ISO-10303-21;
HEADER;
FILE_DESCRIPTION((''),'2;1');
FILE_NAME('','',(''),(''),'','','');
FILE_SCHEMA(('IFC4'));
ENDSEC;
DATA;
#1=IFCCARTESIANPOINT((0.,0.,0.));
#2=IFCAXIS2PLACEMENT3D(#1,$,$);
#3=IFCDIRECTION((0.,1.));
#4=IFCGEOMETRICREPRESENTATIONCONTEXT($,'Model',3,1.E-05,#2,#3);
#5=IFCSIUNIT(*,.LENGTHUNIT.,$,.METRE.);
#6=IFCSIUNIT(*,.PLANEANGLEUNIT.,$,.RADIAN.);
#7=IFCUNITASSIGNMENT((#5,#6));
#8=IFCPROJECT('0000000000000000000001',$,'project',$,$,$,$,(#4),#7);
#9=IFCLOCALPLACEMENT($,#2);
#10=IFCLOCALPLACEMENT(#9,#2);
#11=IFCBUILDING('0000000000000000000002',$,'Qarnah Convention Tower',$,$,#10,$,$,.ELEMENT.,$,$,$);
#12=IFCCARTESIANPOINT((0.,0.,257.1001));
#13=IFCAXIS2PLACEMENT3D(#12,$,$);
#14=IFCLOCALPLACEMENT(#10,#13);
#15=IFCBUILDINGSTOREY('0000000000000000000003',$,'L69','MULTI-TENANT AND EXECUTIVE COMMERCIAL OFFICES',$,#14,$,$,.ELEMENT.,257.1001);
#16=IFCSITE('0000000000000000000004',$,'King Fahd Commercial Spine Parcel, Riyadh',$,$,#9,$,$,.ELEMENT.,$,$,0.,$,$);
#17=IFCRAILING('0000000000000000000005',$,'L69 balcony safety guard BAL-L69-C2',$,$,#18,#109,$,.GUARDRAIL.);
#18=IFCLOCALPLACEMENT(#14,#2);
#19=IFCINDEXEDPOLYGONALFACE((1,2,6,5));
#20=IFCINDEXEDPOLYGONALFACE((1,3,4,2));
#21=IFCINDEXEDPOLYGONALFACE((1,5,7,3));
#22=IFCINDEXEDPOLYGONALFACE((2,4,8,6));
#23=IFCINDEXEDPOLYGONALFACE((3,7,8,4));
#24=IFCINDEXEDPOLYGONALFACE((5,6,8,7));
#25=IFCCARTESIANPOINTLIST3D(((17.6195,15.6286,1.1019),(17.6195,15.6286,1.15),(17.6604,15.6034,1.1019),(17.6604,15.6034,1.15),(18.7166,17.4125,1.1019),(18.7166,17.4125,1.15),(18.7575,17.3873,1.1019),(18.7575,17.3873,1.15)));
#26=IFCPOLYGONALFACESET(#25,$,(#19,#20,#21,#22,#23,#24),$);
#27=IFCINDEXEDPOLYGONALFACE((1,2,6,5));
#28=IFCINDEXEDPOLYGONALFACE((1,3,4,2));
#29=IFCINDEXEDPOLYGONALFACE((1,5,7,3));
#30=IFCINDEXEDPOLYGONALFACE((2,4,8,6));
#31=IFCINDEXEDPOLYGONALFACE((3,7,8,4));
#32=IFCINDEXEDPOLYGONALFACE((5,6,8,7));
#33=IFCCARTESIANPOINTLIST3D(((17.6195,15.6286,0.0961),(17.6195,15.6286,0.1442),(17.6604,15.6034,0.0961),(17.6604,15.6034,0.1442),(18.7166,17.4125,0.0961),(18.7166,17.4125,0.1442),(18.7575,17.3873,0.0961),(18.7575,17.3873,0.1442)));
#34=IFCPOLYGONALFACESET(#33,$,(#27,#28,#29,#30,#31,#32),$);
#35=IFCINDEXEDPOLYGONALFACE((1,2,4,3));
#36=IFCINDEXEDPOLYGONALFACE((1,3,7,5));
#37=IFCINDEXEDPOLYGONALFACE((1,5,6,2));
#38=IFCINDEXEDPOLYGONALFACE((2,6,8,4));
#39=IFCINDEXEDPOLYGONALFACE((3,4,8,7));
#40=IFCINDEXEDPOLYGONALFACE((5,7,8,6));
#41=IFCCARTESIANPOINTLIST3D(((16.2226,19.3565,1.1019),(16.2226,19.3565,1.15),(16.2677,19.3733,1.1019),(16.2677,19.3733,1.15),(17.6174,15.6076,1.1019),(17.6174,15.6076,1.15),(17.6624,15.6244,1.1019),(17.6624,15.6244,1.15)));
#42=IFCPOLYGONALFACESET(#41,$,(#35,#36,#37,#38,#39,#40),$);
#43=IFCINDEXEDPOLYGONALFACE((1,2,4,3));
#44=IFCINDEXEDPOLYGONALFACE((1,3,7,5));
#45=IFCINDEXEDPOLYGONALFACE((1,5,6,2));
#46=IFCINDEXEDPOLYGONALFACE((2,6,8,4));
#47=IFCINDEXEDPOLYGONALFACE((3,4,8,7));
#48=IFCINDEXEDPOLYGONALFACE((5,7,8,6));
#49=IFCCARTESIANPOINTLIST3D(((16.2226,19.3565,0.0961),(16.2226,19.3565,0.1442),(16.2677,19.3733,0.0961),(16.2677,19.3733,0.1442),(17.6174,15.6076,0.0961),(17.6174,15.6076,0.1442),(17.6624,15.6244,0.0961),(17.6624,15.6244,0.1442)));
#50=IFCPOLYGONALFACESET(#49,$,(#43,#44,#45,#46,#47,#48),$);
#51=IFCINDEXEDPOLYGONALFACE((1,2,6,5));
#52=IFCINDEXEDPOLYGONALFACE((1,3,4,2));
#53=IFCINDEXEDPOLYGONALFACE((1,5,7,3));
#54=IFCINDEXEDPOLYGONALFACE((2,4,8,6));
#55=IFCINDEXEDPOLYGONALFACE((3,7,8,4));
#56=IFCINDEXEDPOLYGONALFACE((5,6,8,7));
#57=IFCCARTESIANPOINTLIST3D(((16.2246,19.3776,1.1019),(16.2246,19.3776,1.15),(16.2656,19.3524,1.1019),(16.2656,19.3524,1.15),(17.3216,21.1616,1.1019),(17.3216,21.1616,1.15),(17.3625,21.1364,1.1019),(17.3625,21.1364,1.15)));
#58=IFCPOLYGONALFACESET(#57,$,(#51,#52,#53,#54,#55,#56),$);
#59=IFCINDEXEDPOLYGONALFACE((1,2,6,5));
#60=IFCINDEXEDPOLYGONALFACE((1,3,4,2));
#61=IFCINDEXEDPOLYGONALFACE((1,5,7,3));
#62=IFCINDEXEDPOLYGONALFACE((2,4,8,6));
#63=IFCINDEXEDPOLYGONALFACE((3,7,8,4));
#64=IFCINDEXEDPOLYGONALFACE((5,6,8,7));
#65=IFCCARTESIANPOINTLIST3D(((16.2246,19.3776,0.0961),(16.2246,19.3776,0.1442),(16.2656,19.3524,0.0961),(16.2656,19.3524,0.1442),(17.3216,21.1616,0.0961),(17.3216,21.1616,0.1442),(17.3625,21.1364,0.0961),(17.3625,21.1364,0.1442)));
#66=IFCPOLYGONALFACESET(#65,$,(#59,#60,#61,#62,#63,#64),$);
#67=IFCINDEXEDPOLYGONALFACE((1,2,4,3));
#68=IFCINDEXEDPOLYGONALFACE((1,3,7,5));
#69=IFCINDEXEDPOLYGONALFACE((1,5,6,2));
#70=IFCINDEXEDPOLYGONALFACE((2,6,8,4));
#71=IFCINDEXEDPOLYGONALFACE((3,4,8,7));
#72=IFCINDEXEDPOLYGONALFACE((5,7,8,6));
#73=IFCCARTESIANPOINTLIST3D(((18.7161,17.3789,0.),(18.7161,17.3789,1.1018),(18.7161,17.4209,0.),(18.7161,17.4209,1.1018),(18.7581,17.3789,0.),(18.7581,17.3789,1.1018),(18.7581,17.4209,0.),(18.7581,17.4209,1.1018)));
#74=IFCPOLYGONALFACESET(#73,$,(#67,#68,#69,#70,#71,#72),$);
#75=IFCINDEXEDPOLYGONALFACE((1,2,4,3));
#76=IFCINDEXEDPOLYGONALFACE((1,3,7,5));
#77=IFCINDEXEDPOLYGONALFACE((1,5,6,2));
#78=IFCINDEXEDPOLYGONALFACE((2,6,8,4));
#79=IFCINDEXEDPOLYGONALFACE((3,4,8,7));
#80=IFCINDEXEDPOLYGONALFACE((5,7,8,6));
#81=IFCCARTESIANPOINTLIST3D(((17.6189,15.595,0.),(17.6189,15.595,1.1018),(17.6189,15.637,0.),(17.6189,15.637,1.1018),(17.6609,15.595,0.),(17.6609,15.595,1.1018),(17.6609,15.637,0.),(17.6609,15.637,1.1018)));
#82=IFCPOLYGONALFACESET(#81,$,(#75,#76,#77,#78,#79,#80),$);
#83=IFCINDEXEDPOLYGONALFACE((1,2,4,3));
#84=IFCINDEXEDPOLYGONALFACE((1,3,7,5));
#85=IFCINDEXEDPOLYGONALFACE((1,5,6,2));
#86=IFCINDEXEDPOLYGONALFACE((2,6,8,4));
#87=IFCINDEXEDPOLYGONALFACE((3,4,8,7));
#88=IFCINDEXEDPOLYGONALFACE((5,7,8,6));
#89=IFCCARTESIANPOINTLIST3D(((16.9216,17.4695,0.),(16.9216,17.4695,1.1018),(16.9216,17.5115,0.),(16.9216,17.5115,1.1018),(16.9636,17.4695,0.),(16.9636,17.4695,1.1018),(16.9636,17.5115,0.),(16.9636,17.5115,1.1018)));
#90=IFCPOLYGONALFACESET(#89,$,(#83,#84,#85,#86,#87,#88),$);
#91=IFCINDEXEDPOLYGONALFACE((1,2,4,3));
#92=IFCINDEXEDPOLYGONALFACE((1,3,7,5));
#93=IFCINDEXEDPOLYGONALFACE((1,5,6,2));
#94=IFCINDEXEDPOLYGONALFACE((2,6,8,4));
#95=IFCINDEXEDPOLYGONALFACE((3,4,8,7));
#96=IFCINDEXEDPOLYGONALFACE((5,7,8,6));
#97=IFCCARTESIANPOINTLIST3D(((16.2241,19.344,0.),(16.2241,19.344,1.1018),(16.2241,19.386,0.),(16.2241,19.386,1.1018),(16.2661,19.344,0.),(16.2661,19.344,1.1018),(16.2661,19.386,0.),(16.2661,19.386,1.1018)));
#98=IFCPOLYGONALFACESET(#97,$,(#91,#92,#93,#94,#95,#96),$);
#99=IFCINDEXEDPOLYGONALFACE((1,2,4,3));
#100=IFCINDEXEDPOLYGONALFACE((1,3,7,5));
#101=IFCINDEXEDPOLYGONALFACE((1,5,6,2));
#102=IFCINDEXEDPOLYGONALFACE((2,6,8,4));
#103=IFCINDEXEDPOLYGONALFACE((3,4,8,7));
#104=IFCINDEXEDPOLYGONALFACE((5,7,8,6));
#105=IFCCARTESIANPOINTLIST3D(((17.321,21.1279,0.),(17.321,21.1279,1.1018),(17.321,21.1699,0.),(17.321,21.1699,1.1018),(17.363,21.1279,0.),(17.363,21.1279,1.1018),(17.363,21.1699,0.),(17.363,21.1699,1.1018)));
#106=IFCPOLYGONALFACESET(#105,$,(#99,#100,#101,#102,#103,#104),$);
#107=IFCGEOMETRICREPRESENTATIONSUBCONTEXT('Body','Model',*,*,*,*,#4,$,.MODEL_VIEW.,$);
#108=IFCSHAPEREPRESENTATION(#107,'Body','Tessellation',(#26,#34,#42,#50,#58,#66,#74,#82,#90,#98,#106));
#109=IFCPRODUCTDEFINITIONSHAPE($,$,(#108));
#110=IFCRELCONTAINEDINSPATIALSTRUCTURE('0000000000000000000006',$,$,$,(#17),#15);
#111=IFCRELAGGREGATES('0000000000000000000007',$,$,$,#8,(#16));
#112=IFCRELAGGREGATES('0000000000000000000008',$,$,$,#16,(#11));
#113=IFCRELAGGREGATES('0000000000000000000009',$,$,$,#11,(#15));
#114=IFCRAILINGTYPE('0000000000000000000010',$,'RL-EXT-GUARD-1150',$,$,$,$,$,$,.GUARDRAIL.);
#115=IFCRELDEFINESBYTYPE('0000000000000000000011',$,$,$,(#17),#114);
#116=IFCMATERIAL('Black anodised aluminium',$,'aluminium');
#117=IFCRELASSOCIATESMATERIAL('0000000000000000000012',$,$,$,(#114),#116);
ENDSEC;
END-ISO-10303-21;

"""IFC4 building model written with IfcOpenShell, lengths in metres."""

from ifc_helpers import new_model, si_unit, direction, frame, origin, origin_2d, place, context, subcontext, project, spatial, rectangle, extrude, material, type_object, element, save


model = new_model("IFC4")

# Units and contexts
model_context = context("Model", 3, precision=1e-05, world=origin(), true_north=direction((0.0, 1.0)))
body_context = subcontext(model_context, "Body", "Model", "MODEL_VIEW")
ifc_project = project(units=[si_unit("LENGTHUNIT", "METRE"), si_unit("PLANEANGLEUNIT", "RADIAN")], contexts=[model_context])

# Site, building, storey
site_placement = place(None, origin())
site = spatial("IfcSite", under=ifc_project, at=site_placement, Name="King Fahd Commercial Spine Parcel, Riyadh", CompositionType="ELEMENT", RefElevation=0.0)
building_placement = place(site_placement, origin())
building = spatial("IfcBuilding", under=site, at=building_placement, Name="Qarnah Convention Tower", CompositionType="ELEMENT")
storey_placement = place(building_placement, frame((0.0, 0.0, 257.1001)))
storey = spatial("IfcBuildingStorey", under=building, at=storey_placement, Name="L69", Description="MULTI-TENANT AND EXECUTIVE COMMERCIAL OFFICES", CompositionType="ELEMENT", Elevation=257.1001)

# Shared definitions
ifc_material_1 = material(Name="Black anodised aluminium", Category="aluminium")

# Railing
railing_type = type_object("IfcRailingType", Name="RL-EXT-GUARD-1150", PredefinedType="GUARDRAIL", material=ifc_material_1)
railing_1_placement = place(storey_placement, frame((18.7371, 17.3999, 0.0)))
element("IfcRailing", 1, at=railing_1_placement, inside=storey, type_object=railing_type, Name="L69 balcony safety guard BAL-L69-C2", PredefinedType="GUARDRAIL", context=body_context, shape_type="SweptSolid", body=[
    extrude(rectangle(XDim=0.0481, YDim=0.0481, at=origin_2d()), frame((0.0, 0.0, 1.126), z_axis=(-0.523876, -0.851794, 0.0), x_axis=(0.851794, -0.523876, 0.0)), (0.0, 0.0, 1.0), 2.0942),
    extrude(rectangle(XDim=0.0481, YDim=0.0481, at=origin_2d()), frame((0.0, 0.0, 0.1201), z_axis=(-0.523876, -0.851794, 0.0), x_axis=(0.851794, -0.523876, 0.0)), (0.0, 0.0, 1.0), 2.0942),
    extrude(rectangle(XDim=0.0481, YDim=0.0481, at=origin_2d()), frame((-1.0972, -1.7839, 1.126), z_axis=(-0.348688, 0.937239, 0.0), x_axis=(-0.937239, -0.348688, 0.0)), (0.0, 0.0, 1.0), 4.0),
    extrude(rectangle(XDim=0.0481, YDim=0.0481, at=origin_2d()), frame((-1.0972, -1.7839, 0.1201), z_axis=(-0.348688, 0.937239, 0.0), x_axis=(-0.937239, -0.348688, 0.0)), (0.0, 0.0, 1.0), 4.0),
    extrude(rectangle(XDim=0.0481, YDim=0.0481, at=origin_2d()), frame((-2.4919, 1.9651, 1.126), z_axis=(0.523792, 0.851846, 0.0), x_axis=(-0.851846, 0.523792, 0.0)), (0.0, 0.0, 1.0), 2.0942),
    extrude(rectangle(XDim=0.0481, YDim=0.0481, at=origin_2d()), frame((-2.4919, 1.9651, 0.1201), z_axis=(0.523792, 0.851846, 0.0), x_axis=(-0.851846, 0.523792, 0.0)), (0.0, 0.0, 1.0), 2.0942),
    extrude(rectangle(XDim=0.042, YDim=0.042, at=origin_2d()), origin(), (0.0, 0.0, 1.0), 1.1018),
    extrude(rectangle(XDim=0.042, YDim=0.042, at=origin_2d()), frame((-1.0972, -1.7839, 0.0)), (0.0, 0.0, 1.0), 1.1018),
    extrude(rectangle(XDim=0.042, YDim=0.042, at=origin_2d()), frame((-1.7944, 0.0906, 0.0)), (0.0, 0.0, 1.0), 1.1018),
    extrude(rectangle(XDim=0.042, YDim=0.042, at=origin_2d()), frame((-2.4919, 1.9651, 0.0)), (0.0, 0.0, 1.0), 1.1018),
    extrude(rectangle(XDim=0.042, YDim=0.042, at=origin_2d()), frame((-1.395, 3.749, 0.0)), (0.0, 0.0, 1.0), 1.1018),
])

save(model, "model.ifc")
